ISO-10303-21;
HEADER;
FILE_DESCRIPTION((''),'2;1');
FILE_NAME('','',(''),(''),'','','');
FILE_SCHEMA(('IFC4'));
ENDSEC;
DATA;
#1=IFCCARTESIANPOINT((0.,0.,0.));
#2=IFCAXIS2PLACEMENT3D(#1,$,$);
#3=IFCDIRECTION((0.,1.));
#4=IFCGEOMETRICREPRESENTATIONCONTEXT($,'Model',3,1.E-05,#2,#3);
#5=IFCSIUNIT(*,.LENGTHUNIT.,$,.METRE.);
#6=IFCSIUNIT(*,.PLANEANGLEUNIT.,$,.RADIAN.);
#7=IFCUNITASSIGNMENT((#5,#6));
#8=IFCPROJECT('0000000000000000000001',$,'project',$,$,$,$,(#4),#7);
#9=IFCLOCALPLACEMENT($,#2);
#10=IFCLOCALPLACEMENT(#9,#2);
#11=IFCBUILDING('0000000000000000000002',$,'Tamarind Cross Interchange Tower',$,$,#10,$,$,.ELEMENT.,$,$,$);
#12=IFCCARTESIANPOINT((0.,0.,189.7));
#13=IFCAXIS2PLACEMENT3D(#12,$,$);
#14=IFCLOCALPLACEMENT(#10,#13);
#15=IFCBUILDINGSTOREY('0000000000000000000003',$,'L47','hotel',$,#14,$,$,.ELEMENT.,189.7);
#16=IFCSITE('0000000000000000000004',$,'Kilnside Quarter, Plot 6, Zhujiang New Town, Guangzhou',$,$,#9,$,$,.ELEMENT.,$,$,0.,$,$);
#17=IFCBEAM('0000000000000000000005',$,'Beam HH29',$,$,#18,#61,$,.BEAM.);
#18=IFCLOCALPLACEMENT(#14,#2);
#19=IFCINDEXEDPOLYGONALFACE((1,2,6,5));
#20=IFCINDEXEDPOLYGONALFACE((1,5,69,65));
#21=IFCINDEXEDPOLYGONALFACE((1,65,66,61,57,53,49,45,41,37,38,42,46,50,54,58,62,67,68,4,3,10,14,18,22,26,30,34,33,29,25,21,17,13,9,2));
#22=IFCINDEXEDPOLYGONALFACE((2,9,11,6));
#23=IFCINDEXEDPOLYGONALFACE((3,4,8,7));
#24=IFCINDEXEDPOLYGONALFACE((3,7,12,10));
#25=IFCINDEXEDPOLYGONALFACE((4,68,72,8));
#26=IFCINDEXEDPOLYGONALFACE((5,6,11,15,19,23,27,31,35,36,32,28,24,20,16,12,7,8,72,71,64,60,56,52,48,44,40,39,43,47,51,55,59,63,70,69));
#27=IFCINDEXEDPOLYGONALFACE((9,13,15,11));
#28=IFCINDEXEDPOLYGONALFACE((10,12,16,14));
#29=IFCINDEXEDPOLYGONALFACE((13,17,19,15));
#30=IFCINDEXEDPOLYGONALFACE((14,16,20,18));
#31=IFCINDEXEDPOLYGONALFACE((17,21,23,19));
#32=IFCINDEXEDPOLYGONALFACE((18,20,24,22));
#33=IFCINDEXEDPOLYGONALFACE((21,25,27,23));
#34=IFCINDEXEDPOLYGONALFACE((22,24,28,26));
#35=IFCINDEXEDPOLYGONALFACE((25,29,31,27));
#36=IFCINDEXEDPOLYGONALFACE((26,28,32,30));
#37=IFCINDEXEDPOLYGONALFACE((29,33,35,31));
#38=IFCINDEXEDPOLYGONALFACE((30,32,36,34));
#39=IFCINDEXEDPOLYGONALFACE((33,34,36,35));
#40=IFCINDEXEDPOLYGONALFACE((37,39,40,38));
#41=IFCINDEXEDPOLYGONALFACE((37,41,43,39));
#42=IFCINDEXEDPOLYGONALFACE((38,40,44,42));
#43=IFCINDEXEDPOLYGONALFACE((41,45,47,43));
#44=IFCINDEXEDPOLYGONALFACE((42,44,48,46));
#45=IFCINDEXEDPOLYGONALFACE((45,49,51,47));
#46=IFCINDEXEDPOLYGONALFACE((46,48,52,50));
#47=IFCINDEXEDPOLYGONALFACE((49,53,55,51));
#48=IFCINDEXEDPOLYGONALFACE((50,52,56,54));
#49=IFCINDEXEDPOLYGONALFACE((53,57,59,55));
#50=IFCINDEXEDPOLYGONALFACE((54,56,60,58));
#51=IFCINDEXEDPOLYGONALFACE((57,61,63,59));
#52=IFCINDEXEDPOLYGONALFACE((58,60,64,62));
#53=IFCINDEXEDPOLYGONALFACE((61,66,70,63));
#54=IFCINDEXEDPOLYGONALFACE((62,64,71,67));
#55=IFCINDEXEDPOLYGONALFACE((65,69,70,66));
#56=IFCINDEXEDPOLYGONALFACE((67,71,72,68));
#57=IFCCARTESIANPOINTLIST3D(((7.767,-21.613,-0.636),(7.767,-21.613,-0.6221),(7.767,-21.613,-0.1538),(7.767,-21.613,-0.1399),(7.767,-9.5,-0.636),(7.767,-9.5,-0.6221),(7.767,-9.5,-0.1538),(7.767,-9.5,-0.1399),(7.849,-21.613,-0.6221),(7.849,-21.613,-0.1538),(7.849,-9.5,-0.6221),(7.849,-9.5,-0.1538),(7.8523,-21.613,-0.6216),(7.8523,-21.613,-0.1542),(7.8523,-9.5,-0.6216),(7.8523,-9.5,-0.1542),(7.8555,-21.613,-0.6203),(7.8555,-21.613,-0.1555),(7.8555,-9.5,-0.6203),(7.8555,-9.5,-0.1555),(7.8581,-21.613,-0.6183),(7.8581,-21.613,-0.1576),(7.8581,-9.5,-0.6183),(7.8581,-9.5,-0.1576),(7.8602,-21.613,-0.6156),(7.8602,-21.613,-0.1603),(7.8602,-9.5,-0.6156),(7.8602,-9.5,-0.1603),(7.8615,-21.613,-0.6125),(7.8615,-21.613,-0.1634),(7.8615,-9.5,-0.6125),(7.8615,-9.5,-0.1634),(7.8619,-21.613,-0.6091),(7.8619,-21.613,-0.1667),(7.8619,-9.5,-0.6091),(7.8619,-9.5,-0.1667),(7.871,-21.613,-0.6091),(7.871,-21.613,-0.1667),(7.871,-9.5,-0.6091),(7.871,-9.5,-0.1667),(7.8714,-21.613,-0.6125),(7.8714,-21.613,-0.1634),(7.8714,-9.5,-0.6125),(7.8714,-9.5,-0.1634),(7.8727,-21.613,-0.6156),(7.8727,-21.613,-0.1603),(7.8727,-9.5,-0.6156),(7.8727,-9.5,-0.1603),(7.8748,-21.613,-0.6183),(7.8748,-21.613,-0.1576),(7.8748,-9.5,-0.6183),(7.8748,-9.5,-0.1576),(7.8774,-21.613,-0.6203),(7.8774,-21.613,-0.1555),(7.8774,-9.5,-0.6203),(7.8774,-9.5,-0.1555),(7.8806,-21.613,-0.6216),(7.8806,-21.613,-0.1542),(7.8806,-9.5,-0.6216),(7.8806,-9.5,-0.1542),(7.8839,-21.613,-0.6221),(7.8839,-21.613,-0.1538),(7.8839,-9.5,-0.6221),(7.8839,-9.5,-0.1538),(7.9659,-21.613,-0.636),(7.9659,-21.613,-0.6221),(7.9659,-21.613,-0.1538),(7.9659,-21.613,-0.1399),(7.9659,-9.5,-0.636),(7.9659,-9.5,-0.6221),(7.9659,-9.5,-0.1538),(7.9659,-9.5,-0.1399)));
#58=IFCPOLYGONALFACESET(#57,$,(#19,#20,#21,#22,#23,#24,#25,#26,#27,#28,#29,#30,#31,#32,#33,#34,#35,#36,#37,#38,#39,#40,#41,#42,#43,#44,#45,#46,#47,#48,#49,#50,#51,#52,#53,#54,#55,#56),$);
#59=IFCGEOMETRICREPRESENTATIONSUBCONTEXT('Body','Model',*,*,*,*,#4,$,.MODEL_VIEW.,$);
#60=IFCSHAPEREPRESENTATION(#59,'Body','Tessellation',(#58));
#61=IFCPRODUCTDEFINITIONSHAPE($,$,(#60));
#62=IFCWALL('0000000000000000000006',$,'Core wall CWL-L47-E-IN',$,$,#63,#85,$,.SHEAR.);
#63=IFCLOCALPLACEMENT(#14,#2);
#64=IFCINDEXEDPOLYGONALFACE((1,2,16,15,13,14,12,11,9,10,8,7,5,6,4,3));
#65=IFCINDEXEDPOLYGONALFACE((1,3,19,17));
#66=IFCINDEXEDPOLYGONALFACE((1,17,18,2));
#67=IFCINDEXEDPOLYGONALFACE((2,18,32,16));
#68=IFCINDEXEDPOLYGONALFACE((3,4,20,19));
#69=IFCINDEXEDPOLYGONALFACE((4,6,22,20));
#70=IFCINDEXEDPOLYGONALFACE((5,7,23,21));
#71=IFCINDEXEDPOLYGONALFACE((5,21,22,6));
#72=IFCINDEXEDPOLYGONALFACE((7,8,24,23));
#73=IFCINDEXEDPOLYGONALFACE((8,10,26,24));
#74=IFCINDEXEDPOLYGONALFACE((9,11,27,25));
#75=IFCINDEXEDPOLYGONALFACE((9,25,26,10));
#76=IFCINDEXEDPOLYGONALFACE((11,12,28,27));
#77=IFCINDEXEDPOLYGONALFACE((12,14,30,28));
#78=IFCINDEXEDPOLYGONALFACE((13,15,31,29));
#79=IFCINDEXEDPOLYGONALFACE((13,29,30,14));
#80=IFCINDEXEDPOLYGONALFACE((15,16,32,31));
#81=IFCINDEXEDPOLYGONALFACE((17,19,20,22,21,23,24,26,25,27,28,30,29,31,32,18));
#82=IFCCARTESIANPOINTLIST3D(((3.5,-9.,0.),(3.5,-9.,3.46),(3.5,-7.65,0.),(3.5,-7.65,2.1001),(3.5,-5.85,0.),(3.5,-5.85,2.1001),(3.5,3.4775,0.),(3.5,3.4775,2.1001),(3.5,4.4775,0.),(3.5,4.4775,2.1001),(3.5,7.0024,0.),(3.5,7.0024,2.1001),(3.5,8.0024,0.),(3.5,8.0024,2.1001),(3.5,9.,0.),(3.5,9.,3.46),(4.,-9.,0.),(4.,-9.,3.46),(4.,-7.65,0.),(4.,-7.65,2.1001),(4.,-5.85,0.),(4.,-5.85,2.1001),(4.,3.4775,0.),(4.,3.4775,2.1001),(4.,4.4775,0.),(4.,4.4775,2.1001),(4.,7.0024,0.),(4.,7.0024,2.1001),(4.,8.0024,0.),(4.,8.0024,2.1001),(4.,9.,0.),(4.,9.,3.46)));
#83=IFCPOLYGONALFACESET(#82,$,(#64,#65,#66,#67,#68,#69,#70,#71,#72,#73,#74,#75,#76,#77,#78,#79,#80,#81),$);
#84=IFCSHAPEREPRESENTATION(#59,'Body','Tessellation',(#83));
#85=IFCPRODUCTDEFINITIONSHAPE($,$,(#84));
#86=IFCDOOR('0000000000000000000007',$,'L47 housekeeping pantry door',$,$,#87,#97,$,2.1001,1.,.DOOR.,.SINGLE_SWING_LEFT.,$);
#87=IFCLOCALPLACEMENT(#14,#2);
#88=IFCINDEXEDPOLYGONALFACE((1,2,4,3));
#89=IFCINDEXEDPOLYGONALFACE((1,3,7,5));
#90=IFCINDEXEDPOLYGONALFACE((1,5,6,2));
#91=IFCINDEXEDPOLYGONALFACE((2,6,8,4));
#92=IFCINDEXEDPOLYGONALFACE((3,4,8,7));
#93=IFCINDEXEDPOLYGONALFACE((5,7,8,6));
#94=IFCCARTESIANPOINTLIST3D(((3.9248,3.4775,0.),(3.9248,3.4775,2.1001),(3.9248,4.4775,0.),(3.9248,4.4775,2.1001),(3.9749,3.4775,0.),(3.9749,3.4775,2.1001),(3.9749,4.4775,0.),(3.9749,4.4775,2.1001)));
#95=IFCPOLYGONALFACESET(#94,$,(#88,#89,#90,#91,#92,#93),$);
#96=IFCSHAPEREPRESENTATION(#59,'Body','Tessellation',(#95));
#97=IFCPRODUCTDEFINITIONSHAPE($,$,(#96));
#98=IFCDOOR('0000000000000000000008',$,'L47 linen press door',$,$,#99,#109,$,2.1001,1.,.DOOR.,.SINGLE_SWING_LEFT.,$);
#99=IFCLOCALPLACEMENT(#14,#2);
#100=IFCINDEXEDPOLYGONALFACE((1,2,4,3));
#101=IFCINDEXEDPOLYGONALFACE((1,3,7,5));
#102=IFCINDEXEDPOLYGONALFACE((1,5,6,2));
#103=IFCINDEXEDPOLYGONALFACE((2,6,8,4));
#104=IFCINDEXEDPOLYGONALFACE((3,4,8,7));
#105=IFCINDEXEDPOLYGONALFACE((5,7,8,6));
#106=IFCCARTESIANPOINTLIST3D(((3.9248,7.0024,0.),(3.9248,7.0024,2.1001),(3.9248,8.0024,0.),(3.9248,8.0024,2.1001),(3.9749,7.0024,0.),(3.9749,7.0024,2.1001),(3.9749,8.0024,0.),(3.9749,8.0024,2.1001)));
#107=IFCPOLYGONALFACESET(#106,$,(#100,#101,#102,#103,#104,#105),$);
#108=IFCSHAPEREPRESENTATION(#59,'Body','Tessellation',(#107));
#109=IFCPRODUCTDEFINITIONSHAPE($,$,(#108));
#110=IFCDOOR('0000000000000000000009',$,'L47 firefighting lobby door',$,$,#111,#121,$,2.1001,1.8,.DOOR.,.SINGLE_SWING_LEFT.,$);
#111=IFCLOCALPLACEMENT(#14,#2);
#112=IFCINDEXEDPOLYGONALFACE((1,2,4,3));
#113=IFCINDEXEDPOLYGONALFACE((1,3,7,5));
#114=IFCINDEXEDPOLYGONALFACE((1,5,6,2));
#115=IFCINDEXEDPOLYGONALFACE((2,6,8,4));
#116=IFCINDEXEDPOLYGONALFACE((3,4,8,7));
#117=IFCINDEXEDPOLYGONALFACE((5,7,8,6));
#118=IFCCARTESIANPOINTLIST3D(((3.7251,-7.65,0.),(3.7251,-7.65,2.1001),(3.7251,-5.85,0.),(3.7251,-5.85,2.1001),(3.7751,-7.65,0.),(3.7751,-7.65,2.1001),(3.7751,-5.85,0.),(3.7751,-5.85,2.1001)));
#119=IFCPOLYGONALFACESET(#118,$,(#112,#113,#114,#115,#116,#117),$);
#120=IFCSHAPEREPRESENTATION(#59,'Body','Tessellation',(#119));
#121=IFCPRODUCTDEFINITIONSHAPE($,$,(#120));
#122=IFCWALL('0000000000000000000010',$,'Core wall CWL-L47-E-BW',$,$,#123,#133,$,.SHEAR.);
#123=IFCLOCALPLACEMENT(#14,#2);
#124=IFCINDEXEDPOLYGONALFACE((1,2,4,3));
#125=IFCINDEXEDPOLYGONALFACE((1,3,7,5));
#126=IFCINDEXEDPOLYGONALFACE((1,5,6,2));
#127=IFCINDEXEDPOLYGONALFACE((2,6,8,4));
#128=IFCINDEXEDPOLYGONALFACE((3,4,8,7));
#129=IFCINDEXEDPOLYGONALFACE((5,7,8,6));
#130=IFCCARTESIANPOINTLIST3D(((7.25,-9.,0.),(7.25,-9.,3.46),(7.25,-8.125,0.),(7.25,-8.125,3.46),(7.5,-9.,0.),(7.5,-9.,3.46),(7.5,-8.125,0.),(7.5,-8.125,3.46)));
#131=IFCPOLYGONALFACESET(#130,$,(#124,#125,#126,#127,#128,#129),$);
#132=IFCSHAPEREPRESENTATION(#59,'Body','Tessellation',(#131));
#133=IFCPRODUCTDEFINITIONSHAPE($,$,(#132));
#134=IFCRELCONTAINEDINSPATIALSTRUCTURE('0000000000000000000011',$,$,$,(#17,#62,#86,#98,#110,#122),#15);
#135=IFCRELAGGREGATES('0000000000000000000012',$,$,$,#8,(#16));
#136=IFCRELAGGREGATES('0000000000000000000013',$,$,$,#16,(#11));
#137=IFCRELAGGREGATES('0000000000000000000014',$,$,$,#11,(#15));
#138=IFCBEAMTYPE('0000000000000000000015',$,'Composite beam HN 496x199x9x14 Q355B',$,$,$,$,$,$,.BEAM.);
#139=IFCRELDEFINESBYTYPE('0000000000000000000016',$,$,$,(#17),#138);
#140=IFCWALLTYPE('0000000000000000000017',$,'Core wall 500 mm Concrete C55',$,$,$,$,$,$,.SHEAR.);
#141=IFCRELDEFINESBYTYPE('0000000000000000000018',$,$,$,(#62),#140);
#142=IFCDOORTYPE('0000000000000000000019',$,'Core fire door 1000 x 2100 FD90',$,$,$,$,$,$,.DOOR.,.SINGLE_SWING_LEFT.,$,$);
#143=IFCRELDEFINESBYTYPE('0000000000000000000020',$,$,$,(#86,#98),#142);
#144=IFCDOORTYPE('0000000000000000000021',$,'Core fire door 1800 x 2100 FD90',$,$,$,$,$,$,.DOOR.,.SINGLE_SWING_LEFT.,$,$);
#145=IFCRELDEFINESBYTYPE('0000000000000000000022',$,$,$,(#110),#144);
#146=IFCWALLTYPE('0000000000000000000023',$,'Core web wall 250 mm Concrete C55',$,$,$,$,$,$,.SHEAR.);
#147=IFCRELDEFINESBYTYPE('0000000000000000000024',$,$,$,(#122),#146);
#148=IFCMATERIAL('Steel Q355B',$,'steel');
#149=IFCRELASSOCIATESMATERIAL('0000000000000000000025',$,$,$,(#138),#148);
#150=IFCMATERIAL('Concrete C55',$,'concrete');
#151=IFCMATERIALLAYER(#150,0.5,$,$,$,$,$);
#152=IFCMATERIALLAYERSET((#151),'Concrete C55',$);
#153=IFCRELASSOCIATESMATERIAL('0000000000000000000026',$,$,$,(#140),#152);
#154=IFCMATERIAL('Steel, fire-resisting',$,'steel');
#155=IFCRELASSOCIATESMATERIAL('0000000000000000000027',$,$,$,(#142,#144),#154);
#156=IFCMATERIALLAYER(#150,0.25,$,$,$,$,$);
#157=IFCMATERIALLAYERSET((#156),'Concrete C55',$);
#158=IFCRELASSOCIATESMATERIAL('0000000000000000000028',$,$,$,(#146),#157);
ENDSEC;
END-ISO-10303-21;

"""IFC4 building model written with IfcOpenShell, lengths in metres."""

from ifc_helpers import new_model, si_unit, direction, frame, frame_2d, origin, origin_2d, place, context, subcontext, project, spatial, rectangle, i_section, extrude, material, layer, layer_set, material_profile, profile_set, type_object, element, fill, save


model = new_model("IFC4")

# Units and contexts
model_context = context("Model", 3, precision=1e-05, world=origin(), true_north=direction((0.0, 1.0)))
body_context = subcontext(model_context, "Body", "Model", "MODEL_VIEW")
ifc_project = project(units=[si_unit("LENGTHUNIT", "METRE"), si_unit("PLANEANGLEUNIT", "RADIAN")], contexts=[model_context])

# Site, building, storey
site_placement = place(None, origin())
site = spatial("IfcSite", under=ifc_project, at=site_placement, Name="Kilnside Quarter, Plot 6, Zhujiang New Town, Guangzhou", CompositionType="ELEMENT", RefElevation=0.0)
building_placement = place(site_placement, origin())
building = spatial("IfcBuilding", under=site, at=building_placement, Name="Tamarind Cross Interchange Tower", CompositionType="ELEMENT")
storey_placement = place(building_placement, frame((0.0, 0.0, 189.7)))
storey = spatial("IfcBuildingStorey", under=building, at=storey_placement, Name="L47", Description="hotel", CompositionType="ELEMENT", Elevation=189.7)

# Shared definitions
ifc_material_1 = material(Name="Concrete C55", Category="concrete")

# Beam
ifc_material_2 = material(Name="Steel Q355B", Category="steel")
ifc_material_profile_1 = material_profile(ifc_material_2, i_section(OverallWidth=0.199, OverallDepth=0.4961, WebThickness=0.009, FlangeThickness=0.0139, FilletRadius=0.0129, at=origin_2d()), Name="HN 496x199x9x14")
ifc_profile_set_1 = profile_set([ifc_material_profile_1], Name="Steel Q355B")
beam_type = type_object("IfcBeamType", Name="Composite beam HN 496x199x9x14 Q355B", PredefinedType="BEAM", material=ifc_profile_set_1)
beam_1_placement = place(storey_placement, frame((7.8665, -21.613, -0.3879), z_axis=(0.0, 1.0, 0.0), x_axis=(-1.0, 0.0, 0.0)))
element("IfcBeam", 1, at=beam_1_placement, inside=storey, type_object=beam_type, Name="Beam HH29", PredefinedType="BEAM", context=body_context, shape_type="SweptSolid", body=[
    extrude(i_section(OverallWidth=0.199, OverallDepth=0.4961, WebThickness=0.009, FlangeThickness=0.0139, FilletRadius=0.0129, at=origin_2d()), origin(), (0.0, 0.0, 1.0), 12.113),
])

# Wall, openings, doors
ifc_layer_1 = layer(ifc_material_1, 0.5)
ifc_layer_set_1 = layer_set([ifc_layer_1], Name="Concrete C55")
wall_type_1 = type_object("IfcWallType", Name="Core wall 500 mm Concrete C55", PredefinedType="SHEAR", material=ifc_layer_set_1)
wall_1_placement = place(storey_placement, frame((3.75, -9.0, 0.0), z_axis=(0.0, 0.0, 1.0), x_axis=(0.0, 1.0, 0.0)))
wall_1 = element("IfcWall", 2, at=wall_1_placement, inside=storey, type_object=wall_type_1, Name="Core wall CWL-L47-E-IN", PredefinedType="SHEAR", context=body_context, shape_type="SweptSolid", body=[
    extrude(rectangle(XDim=18.0, YDim=0.5, at=frame_2d((9.0, 0.0))), origin(), (0.0, 0.0, 1.0), 3.46),
])
opening_1_placement = place(wall_1_placement, frame((1.3501, 0.0, 0.0)))
opening_1 = element("IfcOpeningElement", 3, at=opening_1_placement, cuts=wall_1, PredefinedType="OPENING", context=body_context, shape_type="SweptSolid", body=[
    extrude(rectangle(XDim=1.8, YDim=2.1001, at=frame_2d((0.8999, 1.05))), frame((0.0, 0.26, 0.0), z_axis=(0.0, -1.0, 0.0), x_axis=(1.0, 0.0, 0.0)), (0.0, 0.0, 1.0), 0.52),
])
opening_2_placement = place(wall_1_placement, frame((12.4775, 0.0, 0.0)))
opening_2 = element("IfcOpeningElement", 4, at=opening_2_placement, cuts=wall_1, PredefinedType="OPENING", context=body_context, shape_type="SweptSolid", body=[
    extrude(rectangle(XDim=1.0, YDim=2.1001, at=frame_2d((0.5, 1.05))), frame((0.0, 0.26, 0.0), z_axis=(0.0, -1.0, 0.0), x_axis=(1.0, 0.0, 0.0)), (0.0, 0.0, 1.0), 0.52),
])
opening_3_placement = place(wall_1_placement, frame((16.0024, 0.0, 0.0)))
opening_3 = element("IfcOpeningElement", 5, at=opening_3_placement, cuts=wall_1, PredefinedType="OPENING", context=body_context, shape_type="SweptSolid", body=[
    extrude(rectangle(XDim=1.0, YDim=2.1001, at=frame_2d((0.5, 1.05))), frame((0.0, 0.26, 0.0), z_axis=(0.0, -1.0, 0.0), x_axis=(1.0, 0.0, 0.0)), (0.0, 0.0, 1.0), 0.52),
])
ifc_material_3 = material(Name="Steel, fire-resisting", Category="steel")
door_type_1 = type_object("IfcDoorType", Name="Core fire door 1000 x 2100 FD90", OperationType="SINGLE_SWING_LEFT", PredefinedType="DOOR", material=ifc_material_3)
door_1_placement = place(opening_2_placement, origin())
door_1 = element("IfcDoor", 6, at=door_1_placement, inside=storey, type_object=door_type_1, Name="L47 housekeeping pantry door", OperationType="SINGLE_SWING_LEFT", OverallHeight=2.1001, OverallWidth=1.0, PredefinedType="DOOR", context=body_context, shape_type="SweptSolid", body=[
    extrude(rectangle(XDim=1.0, YDim=2.1001, at=frame_2d((0.5, 1.05))), frame((0.0, -0.1748, 0.0), z_axis=(0.0, -1.0, 0.0), x_axis=(1.0, 0.0, 0.0)), (0.0, 0.0, 1.0), 0.05),
])
fill(opening_2, door_1)
door_2_placement = place(opening_3_placement, origin())
door_2 = element("IfcDoor", 7, at=door_2_placement, inside=storey, type_object=door_type_1, Name="L47 linen press door", OperationType="SINGLE_SWING_LEFT", OverallHeight=2.1001, OverallWidth=1.0, PredefinedType="DOOR", context=body_context, shape_type="SweptSolid", body=[
    extrude(rectangle(XDim=1.0, YDim=2.1001, at=frame_2d((0.5, 1.05))), frame((0.0, -0.1748, 0.0), z_axis=(0.0, -1.0, 0.0), x_axis=(1.0, 0.0, 0.0)), (0.0, 0.0, 1.0), 0.05),
])
fill(opening_3, door_2)
door_type_2 = type_object("IfcDoorType", Name="Core fire door 1800 x 2100 FD90", OperationType="SINGLE_SWING_LEFT", PredefinedType="DOOR", material=ifc_material_3)
door_3_placement = place(opening_1_placement, origin())
door_3 = element("IfcDoor", 8, at=door_3_placement, inside=storey, type_object=door_type_2, Name="L47 firefighting lobby door", OperationType="SINGLE_SWING_LEFT", OverallHeight=2.1001, OverallWidth=1.8, PredefinedType="DOOR", context=body_context, shape_type="SweptSolid", body=[
    extrude(rectangle(XDim=1.8, YDim=2.1001, at=frame_2d((0.8999, 1.05))), frame((0.0, 0.0249, 0.0), z_axis=(0.0, -1.0, 0.0), x_axis=(1.0, 0.0, 0.0)), (0.0, 0.0, 1.0), 0.05),
])
fill(opening_1, door_3)

# Wall
ifc_layer_2 = layer(ifc_material_1, 0.25)
ifc_layer_set_2 = layer_set([ifc_layer_2], Name="Concrete C55")
wall_type_2 = type_object("IfcWallType", Name="Core web wall 250 mm Concrete C55", PredefinedType="SHEAR", material=ifc_layer_set_2)
wall_2_placement = place(storey_placement, frame((7.375, -9.0, 0.0), z_axis=(0.0, 0.0, 1.0), x_axis=(0.0, 1.0, 0.0)))
element("IfcWall", 9, at=wall_2_placement, inside=storey, type_object=wall_type_2, Name="Core wall CWL-L47-E-BW", PredefinedType="SHEAR", context=body_context, shape_type="SweptSolid", body=[
    extrude(rectangle(XDim=0.875, YDim=0.25, at=frame_2d((0.4375, 0.0))), origin(), (0.0, 0.0, 1.0), 3.46),
])

save(model, "model.ifc")
